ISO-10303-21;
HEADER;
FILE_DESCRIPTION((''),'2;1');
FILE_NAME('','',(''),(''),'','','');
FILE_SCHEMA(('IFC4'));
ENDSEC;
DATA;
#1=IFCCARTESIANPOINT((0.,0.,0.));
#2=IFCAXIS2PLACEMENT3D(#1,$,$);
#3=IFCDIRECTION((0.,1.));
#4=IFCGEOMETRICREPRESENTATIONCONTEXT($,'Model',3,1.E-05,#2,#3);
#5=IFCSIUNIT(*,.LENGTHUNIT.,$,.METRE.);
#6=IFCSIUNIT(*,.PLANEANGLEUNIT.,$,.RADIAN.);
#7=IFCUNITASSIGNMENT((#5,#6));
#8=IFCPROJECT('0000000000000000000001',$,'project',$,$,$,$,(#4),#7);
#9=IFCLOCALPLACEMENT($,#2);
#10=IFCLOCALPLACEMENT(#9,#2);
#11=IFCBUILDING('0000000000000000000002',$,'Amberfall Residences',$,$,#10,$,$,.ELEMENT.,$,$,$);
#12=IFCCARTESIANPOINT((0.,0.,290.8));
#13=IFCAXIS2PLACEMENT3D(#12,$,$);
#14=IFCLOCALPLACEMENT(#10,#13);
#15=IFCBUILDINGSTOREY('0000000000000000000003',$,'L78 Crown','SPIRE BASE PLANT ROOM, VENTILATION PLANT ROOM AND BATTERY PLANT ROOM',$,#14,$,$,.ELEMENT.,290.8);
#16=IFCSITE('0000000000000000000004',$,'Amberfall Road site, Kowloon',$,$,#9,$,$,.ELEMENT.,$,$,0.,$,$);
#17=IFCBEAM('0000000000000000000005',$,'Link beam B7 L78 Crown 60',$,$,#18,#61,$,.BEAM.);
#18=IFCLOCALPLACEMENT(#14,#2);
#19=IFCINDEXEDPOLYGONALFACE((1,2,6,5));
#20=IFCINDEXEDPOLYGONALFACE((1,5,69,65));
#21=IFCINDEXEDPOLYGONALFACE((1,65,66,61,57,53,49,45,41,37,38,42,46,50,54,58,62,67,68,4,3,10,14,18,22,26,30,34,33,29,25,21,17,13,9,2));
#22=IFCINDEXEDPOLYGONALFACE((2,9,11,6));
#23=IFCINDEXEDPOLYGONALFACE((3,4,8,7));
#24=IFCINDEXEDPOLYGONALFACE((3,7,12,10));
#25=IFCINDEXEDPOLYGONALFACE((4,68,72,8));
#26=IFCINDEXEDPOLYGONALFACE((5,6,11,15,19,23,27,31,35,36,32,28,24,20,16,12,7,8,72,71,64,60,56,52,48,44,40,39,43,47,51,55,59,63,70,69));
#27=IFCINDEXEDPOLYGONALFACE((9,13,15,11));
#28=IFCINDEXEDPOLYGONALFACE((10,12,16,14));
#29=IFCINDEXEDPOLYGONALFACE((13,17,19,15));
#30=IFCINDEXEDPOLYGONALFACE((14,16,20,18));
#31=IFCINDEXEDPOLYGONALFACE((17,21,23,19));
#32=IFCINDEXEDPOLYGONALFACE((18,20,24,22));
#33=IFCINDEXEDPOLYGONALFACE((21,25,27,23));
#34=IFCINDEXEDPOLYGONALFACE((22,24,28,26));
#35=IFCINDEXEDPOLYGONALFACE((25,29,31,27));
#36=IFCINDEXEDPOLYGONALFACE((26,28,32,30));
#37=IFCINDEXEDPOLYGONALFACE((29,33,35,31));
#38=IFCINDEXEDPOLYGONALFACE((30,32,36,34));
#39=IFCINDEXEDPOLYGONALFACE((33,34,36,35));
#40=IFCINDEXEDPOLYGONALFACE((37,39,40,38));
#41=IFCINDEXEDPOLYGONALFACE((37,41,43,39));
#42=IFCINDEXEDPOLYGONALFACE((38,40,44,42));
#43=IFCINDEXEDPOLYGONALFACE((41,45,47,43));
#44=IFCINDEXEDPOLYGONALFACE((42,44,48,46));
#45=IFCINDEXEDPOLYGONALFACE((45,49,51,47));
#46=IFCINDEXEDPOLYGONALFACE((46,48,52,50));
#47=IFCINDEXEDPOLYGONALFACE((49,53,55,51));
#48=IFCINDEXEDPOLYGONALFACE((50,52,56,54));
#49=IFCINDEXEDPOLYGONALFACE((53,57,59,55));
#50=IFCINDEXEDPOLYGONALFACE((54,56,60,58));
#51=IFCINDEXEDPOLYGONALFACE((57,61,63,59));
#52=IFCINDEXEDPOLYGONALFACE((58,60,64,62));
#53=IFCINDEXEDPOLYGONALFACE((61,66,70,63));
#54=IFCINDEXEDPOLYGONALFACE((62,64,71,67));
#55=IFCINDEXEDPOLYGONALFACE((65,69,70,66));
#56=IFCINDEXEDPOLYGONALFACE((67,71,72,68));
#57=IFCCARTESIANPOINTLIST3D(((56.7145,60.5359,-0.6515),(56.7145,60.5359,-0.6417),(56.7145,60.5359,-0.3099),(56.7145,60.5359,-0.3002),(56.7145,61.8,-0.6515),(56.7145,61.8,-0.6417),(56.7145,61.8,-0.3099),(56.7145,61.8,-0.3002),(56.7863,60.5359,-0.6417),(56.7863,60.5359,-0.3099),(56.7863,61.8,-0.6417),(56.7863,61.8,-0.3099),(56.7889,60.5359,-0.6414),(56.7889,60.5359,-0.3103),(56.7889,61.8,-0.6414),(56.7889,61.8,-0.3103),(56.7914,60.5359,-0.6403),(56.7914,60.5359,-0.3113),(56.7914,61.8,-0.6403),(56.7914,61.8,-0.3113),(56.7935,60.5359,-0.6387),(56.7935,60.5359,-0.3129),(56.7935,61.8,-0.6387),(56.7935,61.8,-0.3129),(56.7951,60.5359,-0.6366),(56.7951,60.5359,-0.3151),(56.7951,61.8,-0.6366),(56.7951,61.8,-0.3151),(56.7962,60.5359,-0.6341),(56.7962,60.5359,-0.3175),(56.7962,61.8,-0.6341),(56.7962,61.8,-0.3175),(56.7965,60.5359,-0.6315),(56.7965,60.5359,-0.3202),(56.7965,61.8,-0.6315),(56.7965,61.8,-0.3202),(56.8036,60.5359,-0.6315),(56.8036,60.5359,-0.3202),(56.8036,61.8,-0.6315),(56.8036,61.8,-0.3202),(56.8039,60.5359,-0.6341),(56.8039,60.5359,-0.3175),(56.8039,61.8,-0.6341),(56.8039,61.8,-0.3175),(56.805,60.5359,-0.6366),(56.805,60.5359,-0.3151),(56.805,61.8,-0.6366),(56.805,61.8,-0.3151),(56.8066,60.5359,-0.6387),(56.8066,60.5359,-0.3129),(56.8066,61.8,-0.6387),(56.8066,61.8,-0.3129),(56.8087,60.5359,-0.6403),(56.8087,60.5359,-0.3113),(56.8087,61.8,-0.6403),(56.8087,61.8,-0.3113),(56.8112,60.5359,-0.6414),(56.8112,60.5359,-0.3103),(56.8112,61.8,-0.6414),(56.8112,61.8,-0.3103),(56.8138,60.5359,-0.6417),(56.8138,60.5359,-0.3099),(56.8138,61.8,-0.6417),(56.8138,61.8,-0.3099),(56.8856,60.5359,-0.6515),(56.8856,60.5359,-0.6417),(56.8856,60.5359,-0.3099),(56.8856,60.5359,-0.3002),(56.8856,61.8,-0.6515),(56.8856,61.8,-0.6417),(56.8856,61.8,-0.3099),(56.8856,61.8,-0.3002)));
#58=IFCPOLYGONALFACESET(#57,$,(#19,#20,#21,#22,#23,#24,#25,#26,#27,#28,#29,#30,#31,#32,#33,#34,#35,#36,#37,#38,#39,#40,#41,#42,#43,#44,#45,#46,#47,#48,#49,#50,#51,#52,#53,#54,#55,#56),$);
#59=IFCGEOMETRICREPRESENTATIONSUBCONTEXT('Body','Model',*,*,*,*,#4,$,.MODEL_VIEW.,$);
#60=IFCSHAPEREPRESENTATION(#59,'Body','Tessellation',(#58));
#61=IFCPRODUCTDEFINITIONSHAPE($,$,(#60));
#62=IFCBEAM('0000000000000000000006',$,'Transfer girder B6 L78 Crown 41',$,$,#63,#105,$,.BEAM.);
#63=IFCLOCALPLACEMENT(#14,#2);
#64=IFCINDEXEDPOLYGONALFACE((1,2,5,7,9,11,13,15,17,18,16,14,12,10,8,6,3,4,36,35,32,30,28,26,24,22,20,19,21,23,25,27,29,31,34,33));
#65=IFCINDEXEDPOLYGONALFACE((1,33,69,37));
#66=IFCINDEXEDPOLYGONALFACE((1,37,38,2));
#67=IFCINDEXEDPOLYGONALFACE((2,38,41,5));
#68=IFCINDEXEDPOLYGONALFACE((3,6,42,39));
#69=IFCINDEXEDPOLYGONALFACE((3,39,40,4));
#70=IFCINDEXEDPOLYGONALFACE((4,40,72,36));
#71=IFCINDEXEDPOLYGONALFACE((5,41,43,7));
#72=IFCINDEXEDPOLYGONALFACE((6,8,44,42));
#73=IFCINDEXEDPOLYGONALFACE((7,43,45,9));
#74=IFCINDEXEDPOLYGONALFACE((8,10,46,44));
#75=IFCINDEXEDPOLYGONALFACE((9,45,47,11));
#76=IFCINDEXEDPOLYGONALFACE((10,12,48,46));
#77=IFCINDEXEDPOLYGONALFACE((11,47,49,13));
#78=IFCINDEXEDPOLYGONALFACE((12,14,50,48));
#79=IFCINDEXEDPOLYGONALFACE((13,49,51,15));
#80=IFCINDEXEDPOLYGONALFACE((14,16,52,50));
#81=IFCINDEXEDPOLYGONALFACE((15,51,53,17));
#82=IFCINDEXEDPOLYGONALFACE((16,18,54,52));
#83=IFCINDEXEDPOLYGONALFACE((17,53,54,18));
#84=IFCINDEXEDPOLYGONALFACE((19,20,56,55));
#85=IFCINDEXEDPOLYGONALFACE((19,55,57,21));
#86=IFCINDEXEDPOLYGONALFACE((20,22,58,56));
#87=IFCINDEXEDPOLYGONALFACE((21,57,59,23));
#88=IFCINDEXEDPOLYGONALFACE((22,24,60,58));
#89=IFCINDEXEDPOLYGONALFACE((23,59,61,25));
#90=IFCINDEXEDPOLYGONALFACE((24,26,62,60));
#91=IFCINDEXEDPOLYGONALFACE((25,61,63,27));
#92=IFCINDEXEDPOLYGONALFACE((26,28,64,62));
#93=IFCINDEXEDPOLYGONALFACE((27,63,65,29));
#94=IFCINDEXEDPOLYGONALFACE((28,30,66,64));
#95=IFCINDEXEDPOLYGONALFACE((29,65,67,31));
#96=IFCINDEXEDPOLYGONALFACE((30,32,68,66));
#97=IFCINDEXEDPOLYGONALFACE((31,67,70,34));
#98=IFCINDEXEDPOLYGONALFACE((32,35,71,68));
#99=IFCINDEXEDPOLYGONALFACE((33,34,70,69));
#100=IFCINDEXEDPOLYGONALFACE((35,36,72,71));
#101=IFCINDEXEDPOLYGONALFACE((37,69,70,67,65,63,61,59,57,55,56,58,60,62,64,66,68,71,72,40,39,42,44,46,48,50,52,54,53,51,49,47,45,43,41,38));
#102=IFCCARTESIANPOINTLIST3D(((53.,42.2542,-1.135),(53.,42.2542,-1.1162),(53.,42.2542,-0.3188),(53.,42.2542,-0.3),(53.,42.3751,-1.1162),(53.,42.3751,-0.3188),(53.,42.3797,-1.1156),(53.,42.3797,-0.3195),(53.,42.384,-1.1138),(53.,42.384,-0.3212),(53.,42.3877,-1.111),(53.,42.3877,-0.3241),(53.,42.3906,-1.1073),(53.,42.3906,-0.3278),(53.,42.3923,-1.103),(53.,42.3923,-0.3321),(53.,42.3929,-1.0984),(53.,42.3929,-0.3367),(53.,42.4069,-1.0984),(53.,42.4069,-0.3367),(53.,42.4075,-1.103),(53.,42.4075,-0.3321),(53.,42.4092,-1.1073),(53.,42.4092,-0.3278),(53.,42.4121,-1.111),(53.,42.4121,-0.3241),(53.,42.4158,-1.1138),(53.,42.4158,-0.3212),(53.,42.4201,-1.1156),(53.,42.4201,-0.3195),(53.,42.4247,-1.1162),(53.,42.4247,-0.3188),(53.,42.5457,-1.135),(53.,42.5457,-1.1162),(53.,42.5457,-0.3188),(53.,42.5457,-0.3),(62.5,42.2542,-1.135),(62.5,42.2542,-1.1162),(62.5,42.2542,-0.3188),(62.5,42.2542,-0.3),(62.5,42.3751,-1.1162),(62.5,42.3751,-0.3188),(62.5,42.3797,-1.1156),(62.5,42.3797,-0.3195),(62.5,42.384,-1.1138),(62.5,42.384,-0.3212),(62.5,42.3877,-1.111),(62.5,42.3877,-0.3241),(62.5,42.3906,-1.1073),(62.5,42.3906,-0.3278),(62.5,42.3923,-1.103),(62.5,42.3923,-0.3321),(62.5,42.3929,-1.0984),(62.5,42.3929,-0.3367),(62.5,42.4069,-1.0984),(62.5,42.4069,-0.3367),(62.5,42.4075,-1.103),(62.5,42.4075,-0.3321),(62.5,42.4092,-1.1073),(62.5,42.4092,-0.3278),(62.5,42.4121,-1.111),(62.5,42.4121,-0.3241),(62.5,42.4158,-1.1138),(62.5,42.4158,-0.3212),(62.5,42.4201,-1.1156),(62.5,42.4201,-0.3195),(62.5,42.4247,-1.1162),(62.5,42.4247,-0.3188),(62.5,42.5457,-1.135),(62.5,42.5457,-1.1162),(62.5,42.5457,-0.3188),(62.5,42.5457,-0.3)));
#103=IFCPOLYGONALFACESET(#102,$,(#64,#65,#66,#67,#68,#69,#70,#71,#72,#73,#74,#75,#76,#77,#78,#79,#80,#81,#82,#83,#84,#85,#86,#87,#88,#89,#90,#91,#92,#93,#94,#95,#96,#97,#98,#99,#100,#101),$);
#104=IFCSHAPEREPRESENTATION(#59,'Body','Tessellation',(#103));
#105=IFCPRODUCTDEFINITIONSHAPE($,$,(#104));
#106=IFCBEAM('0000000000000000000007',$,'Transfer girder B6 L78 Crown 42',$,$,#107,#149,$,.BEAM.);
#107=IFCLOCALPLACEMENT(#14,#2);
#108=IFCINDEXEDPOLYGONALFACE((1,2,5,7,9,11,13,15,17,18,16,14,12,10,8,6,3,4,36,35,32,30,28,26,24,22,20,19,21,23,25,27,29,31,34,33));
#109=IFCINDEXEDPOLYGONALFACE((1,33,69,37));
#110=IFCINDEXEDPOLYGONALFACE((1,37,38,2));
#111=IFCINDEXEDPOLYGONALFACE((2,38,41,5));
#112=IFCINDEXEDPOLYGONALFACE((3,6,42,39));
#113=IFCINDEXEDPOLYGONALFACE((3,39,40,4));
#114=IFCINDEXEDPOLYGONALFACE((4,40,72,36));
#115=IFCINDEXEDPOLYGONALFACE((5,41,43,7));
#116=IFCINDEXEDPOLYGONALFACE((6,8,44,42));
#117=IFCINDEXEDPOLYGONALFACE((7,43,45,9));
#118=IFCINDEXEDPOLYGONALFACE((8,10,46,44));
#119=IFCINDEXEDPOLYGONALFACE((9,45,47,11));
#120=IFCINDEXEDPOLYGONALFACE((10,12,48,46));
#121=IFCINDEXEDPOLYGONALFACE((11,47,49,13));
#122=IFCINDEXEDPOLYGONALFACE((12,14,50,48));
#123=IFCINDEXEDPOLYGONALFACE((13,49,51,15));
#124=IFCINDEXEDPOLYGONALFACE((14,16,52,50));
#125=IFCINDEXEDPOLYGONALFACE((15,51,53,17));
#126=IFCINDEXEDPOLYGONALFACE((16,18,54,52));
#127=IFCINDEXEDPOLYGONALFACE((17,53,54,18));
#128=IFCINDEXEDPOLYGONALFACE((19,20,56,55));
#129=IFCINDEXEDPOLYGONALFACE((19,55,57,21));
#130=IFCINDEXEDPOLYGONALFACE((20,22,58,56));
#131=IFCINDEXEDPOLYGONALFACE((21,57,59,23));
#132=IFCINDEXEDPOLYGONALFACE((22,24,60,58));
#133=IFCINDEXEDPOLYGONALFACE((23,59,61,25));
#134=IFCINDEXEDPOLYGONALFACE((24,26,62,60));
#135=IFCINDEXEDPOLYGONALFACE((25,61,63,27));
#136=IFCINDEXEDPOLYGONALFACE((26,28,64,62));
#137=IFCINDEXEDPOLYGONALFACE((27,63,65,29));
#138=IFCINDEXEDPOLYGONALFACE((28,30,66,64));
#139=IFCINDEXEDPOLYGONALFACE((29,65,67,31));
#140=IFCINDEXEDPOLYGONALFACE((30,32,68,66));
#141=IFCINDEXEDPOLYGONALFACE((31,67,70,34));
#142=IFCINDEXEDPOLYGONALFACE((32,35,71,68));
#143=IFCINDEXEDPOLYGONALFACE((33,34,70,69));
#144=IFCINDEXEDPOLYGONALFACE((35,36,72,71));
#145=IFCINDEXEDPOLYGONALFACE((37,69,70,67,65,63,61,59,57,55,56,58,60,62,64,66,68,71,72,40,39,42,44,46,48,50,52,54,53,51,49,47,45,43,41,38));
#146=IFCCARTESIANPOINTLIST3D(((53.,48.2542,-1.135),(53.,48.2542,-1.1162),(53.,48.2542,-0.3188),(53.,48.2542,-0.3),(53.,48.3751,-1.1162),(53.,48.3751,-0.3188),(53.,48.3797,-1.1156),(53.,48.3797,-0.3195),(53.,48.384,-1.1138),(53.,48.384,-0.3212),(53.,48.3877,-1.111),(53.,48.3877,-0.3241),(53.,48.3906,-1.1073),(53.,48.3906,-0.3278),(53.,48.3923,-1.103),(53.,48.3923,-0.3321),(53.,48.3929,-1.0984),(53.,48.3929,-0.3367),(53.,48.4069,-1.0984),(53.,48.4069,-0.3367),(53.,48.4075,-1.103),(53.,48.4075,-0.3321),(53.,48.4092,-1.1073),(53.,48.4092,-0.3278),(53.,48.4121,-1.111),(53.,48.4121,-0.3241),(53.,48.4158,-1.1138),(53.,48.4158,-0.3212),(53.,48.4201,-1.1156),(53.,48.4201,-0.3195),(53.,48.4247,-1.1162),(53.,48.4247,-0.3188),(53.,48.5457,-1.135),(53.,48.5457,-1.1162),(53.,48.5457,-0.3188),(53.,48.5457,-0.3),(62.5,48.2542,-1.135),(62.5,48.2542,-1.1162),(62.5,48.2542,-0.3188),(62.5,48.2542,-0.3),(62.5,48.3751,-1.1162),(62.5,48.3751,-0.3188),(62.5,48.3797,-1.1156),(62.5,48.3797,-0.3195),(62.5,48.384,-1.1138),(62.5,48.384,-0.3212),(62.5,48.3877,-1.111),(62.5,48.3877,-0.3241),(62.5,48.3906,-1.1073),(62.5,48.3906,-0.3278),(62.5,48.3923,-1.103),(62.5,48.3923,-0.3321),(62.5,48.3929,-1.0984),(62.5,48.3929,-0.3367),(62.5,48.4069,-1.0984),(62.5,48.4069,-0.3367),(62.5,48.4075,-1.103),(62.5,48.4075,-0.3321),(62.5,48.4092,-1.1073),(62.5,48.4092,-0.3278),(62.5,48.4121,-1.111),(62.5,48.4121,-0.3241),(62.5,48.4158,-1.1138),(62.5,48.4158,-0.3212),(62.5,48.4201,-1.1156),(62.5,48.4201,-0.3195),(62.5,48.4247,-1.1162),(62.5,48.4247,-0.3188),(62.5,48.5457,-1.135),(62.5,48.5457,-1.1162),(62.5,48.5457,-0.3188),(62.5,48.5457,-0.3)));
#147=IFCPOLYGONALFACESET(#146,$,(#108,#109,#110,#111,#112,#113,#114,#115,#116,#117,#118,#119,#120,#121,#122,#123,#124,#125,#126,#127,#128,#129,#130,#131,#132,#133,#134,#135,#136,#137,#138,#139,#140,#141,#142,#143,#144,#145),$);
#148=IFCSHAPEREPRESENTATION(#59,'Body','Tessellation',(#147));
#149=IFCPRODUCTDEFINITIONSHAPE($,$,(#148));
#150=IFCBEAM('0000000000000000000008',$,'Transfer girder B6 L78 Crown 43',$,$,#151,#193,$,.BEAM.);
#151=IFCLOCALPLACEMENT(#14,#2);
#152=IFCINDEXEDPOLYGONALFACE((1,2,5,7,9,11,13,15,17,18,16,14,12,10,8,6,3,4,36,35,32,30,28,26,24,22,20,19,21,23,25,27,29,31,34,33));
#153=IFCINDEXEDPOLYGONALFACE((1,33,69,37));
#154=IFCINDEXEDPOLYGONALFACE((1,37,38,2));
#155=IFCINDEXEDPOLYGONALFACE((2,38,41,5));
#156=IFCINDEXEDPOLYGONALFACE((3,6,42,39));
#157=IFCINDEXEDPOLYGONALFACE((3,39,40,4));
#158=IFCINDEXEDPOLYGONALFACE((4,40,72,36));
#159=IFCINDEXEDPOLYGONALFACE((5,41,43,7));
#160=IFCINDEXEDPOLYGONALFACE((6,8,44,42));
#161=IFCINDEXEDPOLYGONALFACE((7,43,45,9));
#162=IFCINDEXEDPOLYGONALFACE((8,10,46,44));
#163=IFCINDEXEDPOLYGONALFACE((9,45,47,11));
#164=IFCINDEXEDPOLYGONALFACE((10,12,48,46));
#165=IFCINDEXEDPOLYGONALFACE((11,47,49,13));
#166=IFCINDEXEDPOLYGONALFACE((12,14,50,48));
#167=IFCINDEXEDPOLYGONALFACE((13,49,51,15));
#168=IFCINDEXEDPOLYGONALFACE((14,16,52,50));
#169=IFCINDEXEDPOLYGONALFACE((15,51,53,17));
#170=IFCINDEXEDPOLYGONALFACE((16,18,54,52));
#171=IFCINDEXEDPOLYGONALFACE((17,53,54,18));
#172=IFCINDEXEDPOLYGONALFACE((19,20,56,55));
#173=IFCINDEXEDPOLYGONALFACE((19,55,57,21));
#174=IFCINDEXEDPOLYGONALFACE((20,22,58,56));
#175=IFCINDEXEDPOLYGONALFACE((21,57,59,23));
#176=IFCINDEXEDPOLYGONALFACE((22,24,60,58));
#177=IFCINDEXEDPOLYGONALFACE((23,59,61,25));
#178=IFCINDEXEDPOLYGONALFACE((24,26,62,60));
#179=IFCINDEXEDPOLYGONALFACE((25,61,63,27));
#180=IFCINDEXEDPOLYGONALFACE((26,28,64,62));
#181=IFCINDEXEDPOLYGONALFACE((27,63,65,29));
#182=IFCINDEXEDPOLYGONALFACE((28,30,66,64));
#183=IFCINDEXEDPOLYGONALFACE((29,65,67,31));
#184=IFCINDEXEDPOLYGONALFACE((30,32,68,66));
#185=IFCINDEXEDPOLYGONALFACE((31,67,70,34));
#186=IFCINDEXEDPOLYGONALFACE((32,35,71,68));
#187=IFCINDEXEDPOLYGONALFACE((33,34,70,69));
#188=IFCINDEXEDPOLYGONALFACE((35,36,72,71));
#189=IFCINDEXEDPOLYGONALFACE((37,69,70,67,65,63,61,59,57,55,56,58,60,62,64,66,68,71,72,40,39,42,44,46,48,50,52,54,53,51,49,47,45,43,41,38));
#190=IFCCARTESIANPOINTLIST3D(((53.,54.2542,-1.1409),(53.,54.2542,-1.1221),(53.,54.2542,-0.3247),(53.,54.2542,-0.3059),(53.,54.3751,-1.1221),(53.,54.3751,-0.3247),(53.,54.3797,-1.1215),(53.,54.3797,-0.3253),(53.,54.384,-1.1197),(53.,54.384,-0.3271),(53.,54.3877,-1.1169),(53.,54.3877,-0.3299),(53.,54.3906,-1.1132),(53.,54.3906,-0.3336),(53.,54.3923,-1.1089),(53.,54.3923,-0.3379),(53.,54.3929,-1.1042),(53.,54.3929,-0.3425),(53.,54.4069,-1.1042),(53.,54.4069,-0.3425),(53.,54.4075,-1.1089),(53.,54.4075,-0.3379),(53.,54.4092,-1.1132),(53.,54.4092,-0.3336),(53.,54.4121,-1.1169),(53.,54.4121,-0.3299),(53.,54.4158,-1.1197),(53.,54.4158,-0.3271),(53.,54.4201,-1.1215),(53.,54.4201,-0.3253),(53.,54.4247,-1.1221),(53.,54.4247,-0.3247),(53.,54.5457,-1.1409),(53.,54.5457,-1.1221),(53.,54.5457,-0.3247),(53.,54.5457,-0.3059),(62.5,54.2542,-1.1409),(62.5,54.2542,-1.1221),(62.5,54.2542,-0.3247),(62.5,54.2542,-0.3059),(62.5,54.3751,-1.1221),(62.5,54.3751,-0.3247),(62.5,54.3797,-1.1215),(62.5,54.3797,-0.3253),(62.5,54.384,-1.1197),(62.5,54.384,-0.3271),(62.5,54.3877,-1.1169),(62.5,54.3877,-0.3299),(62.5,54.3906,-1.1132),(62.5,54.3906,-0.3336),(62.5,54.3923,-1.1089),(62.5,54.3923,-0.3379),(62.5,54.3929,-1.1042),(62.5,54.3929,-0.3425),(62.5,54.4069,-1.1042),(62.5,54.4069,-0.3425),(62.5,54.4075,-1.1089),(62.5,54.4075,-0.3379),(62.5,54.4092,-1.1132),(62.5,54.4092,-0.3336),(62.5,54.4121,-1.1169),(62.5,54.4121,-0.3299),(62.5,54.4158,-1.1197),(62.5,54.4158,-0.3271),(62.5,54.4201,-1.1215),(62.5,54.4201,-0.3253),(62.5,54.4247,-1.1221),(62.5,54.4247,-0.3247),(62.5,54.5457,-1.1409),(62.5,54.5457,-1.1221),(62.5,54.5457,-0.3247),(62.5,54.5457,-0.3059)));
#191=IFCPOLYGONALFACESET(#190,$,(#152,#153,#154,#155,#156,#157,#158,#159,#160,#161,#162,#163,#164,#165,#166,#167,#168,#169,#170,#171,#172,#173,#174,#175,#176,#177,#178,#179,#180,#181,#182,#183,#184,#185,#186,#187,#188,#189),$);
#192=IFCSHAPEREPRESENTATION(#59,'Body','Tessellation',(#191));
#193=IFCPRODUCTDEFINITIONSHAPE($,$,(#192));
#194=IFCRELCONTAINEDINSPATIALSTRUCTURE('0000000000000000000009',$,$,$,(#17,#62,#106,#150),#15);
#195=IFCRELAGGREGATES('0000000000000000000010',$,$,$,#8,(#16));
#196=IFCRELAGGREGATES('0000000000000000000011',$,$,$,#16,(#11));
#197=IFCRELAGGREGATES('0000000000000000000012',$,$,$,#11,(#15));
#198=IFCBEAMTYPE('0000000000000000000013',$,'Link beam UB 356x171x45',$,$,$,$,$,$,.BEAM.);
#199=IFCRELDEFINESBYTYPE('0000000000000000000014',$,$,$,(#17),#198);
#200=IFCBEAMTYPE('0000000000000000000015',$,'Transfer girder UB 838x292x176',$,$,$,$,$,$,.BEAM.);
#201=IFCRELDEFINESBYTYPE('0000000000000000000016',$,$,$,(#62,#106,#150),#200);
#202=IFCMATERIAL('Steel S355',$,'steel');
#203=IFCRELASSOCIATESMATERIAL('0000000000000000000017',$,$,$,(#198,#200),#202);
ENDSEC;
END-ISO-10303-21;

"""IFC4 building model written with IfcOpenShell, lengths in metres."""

from ifc_helpers import new_model, si_unit, direction, frame, origin, origin_2d, place, context, subcontext, project, spatial, i_section, extrude, material, material_profile, profile_set, type_object, element, save


model = new_model("IFC4")

# Units and contexts
model_context = context("Model", 3, precision=1e-05, world=origin(), true_north=direction((0.0, 1.0)))
body_context = subcontext(model_context, "Body", "Model", "MODEL_VIEW")
ifc_project = project(units=[si_unit("LENGTHUNIT", "METRE"), si_unit("PLANEANGLEUNIT", "RADIAN")], contexts=[model_context])

# Site, building, storey
site_placement = place(None, origin())
site = spatial("IfcSite", under=ifc_project, at=site_placement, Name="Amberfall Road site, Kowloon", CompositionType="ELEMENT", RefElevation=0.0)
building_placement = place(site_placement, origin())
building = spatial("IfcBuilding", under=site, at=building_placement, Name="Amberfall Residences", CompositionType="ELEMENT")
storey_placement = place(building_placement, frame((0.0, 0.0, 290.8)))
storey = spatial("IfcBuildingStorey", under=building, at=storey_placement, Name="L78 Crown", Description="SPIRE BASE PLANT ROOM, VENTILATION PLANT ROOM AND BATTERY PLANT ROOM", CompositionType="ELEMENT", Elevation=290.8)

# Shared definitions
ifc_material_1 = material(Name="Steel S355", Category="steel")

# Beams
ifc_material_profile_1 = material_profile(ifc_material_1, i_section(OverallWidth=0.1711, OverallDepth=0.3513, WebThickness=0.0071, FlangeThickness=0.0098, FilletRadius=0.0103, at=origin_2d()), Name="UB 356x171x45")
ifc_profile_set_1 = profile_set([ifc_material_profile_1], Name="Steel S355")
beam_type_1 = type_object("IfcBeamType", Name="Link beam UB 356x171x45", PredefinedType="BEAM", material=ifc_profile_set_1)
beam_1_placement = place(storey_placement, frame((56.8, 61.8, -0.4758), z_axis=(0.0, -1.0, 0.0), x_axis=(1.0, 0.0, 0.0)))
element("IfcBeam", 1, at=beam_1_placement, inside=storey, type_object=beam_type_1, Name="Link beam B7 L78 Crown 60", PredefinedType="BEAM", context=body_context, shape_type="SweptSolid", body=[
    extrude(i_section(OverallWidth=0.1711, OverallDepth=0.3513, WebThickness=0.0071, FlangeThickness=0.0098, FilletRadius=0.0103, at=origin_2d()), origin(), (0.0, 0.0, 1.0), 1.2642),
])
ifc_material_profile_2 = material_profile(ifc_material_1, i_section(OverallWidth=0.2915, OverallDepth=0.835, WebThickness=0.0139, FlangeThickness=0.0188, FilletRadius=0.0178, at=origin_2d()), Name="UB 838x292x176")
ifc_profile_set_2 = profile_set([ifc_material_profile_2], Name="Steel S355")
beam_type_2 = type_object("IfcBeamType", Name="Transfer girder UB 838x292x176", PredefinedType="BEAM", material=ifc_profile_set_2)
for number, where, z_axis, x_axis, name in (
    (2, (53.0, 42.3999, -0.7175), (1.0, 0.0, 0.0), (0.0, 1.0, 0.0), "Transfer girder B6 L78 Crown 41"),
    (3, (53.0, 48.3999, -0.7175), (1.0, 0.0, 0.0), (0.0, 1.0, 0.0), "Transfer girder B6 L78 Crown 42"),
    (4, (53.0, 54.3999, -0.7234), (1.0, 0.0, 0.0), (0.0, 1.0, 0.0), "Transfer girder B6 L78 Crown 43"),
):
    element("IfcBeam", number, at=place(storey_placement, frame(where, z_axis=z_axis, x_axis=x_axis)), inside=storey, type_object=beam_type_2, Name=name, PredefinedType="BEAM", context=body_context, shape_type="SweptSolid", body=[
        extrude(i_section(OverallWidth=0.2915, OverallDepth=0.835, WebThickness=0.0139, FlangeThickness=0.0188, FilletRadius=0.0178, at=origin_2d()), origin(), (0.0, 0.0, 1.0), 9.5),
    ])

save(model, "model.ifc")
